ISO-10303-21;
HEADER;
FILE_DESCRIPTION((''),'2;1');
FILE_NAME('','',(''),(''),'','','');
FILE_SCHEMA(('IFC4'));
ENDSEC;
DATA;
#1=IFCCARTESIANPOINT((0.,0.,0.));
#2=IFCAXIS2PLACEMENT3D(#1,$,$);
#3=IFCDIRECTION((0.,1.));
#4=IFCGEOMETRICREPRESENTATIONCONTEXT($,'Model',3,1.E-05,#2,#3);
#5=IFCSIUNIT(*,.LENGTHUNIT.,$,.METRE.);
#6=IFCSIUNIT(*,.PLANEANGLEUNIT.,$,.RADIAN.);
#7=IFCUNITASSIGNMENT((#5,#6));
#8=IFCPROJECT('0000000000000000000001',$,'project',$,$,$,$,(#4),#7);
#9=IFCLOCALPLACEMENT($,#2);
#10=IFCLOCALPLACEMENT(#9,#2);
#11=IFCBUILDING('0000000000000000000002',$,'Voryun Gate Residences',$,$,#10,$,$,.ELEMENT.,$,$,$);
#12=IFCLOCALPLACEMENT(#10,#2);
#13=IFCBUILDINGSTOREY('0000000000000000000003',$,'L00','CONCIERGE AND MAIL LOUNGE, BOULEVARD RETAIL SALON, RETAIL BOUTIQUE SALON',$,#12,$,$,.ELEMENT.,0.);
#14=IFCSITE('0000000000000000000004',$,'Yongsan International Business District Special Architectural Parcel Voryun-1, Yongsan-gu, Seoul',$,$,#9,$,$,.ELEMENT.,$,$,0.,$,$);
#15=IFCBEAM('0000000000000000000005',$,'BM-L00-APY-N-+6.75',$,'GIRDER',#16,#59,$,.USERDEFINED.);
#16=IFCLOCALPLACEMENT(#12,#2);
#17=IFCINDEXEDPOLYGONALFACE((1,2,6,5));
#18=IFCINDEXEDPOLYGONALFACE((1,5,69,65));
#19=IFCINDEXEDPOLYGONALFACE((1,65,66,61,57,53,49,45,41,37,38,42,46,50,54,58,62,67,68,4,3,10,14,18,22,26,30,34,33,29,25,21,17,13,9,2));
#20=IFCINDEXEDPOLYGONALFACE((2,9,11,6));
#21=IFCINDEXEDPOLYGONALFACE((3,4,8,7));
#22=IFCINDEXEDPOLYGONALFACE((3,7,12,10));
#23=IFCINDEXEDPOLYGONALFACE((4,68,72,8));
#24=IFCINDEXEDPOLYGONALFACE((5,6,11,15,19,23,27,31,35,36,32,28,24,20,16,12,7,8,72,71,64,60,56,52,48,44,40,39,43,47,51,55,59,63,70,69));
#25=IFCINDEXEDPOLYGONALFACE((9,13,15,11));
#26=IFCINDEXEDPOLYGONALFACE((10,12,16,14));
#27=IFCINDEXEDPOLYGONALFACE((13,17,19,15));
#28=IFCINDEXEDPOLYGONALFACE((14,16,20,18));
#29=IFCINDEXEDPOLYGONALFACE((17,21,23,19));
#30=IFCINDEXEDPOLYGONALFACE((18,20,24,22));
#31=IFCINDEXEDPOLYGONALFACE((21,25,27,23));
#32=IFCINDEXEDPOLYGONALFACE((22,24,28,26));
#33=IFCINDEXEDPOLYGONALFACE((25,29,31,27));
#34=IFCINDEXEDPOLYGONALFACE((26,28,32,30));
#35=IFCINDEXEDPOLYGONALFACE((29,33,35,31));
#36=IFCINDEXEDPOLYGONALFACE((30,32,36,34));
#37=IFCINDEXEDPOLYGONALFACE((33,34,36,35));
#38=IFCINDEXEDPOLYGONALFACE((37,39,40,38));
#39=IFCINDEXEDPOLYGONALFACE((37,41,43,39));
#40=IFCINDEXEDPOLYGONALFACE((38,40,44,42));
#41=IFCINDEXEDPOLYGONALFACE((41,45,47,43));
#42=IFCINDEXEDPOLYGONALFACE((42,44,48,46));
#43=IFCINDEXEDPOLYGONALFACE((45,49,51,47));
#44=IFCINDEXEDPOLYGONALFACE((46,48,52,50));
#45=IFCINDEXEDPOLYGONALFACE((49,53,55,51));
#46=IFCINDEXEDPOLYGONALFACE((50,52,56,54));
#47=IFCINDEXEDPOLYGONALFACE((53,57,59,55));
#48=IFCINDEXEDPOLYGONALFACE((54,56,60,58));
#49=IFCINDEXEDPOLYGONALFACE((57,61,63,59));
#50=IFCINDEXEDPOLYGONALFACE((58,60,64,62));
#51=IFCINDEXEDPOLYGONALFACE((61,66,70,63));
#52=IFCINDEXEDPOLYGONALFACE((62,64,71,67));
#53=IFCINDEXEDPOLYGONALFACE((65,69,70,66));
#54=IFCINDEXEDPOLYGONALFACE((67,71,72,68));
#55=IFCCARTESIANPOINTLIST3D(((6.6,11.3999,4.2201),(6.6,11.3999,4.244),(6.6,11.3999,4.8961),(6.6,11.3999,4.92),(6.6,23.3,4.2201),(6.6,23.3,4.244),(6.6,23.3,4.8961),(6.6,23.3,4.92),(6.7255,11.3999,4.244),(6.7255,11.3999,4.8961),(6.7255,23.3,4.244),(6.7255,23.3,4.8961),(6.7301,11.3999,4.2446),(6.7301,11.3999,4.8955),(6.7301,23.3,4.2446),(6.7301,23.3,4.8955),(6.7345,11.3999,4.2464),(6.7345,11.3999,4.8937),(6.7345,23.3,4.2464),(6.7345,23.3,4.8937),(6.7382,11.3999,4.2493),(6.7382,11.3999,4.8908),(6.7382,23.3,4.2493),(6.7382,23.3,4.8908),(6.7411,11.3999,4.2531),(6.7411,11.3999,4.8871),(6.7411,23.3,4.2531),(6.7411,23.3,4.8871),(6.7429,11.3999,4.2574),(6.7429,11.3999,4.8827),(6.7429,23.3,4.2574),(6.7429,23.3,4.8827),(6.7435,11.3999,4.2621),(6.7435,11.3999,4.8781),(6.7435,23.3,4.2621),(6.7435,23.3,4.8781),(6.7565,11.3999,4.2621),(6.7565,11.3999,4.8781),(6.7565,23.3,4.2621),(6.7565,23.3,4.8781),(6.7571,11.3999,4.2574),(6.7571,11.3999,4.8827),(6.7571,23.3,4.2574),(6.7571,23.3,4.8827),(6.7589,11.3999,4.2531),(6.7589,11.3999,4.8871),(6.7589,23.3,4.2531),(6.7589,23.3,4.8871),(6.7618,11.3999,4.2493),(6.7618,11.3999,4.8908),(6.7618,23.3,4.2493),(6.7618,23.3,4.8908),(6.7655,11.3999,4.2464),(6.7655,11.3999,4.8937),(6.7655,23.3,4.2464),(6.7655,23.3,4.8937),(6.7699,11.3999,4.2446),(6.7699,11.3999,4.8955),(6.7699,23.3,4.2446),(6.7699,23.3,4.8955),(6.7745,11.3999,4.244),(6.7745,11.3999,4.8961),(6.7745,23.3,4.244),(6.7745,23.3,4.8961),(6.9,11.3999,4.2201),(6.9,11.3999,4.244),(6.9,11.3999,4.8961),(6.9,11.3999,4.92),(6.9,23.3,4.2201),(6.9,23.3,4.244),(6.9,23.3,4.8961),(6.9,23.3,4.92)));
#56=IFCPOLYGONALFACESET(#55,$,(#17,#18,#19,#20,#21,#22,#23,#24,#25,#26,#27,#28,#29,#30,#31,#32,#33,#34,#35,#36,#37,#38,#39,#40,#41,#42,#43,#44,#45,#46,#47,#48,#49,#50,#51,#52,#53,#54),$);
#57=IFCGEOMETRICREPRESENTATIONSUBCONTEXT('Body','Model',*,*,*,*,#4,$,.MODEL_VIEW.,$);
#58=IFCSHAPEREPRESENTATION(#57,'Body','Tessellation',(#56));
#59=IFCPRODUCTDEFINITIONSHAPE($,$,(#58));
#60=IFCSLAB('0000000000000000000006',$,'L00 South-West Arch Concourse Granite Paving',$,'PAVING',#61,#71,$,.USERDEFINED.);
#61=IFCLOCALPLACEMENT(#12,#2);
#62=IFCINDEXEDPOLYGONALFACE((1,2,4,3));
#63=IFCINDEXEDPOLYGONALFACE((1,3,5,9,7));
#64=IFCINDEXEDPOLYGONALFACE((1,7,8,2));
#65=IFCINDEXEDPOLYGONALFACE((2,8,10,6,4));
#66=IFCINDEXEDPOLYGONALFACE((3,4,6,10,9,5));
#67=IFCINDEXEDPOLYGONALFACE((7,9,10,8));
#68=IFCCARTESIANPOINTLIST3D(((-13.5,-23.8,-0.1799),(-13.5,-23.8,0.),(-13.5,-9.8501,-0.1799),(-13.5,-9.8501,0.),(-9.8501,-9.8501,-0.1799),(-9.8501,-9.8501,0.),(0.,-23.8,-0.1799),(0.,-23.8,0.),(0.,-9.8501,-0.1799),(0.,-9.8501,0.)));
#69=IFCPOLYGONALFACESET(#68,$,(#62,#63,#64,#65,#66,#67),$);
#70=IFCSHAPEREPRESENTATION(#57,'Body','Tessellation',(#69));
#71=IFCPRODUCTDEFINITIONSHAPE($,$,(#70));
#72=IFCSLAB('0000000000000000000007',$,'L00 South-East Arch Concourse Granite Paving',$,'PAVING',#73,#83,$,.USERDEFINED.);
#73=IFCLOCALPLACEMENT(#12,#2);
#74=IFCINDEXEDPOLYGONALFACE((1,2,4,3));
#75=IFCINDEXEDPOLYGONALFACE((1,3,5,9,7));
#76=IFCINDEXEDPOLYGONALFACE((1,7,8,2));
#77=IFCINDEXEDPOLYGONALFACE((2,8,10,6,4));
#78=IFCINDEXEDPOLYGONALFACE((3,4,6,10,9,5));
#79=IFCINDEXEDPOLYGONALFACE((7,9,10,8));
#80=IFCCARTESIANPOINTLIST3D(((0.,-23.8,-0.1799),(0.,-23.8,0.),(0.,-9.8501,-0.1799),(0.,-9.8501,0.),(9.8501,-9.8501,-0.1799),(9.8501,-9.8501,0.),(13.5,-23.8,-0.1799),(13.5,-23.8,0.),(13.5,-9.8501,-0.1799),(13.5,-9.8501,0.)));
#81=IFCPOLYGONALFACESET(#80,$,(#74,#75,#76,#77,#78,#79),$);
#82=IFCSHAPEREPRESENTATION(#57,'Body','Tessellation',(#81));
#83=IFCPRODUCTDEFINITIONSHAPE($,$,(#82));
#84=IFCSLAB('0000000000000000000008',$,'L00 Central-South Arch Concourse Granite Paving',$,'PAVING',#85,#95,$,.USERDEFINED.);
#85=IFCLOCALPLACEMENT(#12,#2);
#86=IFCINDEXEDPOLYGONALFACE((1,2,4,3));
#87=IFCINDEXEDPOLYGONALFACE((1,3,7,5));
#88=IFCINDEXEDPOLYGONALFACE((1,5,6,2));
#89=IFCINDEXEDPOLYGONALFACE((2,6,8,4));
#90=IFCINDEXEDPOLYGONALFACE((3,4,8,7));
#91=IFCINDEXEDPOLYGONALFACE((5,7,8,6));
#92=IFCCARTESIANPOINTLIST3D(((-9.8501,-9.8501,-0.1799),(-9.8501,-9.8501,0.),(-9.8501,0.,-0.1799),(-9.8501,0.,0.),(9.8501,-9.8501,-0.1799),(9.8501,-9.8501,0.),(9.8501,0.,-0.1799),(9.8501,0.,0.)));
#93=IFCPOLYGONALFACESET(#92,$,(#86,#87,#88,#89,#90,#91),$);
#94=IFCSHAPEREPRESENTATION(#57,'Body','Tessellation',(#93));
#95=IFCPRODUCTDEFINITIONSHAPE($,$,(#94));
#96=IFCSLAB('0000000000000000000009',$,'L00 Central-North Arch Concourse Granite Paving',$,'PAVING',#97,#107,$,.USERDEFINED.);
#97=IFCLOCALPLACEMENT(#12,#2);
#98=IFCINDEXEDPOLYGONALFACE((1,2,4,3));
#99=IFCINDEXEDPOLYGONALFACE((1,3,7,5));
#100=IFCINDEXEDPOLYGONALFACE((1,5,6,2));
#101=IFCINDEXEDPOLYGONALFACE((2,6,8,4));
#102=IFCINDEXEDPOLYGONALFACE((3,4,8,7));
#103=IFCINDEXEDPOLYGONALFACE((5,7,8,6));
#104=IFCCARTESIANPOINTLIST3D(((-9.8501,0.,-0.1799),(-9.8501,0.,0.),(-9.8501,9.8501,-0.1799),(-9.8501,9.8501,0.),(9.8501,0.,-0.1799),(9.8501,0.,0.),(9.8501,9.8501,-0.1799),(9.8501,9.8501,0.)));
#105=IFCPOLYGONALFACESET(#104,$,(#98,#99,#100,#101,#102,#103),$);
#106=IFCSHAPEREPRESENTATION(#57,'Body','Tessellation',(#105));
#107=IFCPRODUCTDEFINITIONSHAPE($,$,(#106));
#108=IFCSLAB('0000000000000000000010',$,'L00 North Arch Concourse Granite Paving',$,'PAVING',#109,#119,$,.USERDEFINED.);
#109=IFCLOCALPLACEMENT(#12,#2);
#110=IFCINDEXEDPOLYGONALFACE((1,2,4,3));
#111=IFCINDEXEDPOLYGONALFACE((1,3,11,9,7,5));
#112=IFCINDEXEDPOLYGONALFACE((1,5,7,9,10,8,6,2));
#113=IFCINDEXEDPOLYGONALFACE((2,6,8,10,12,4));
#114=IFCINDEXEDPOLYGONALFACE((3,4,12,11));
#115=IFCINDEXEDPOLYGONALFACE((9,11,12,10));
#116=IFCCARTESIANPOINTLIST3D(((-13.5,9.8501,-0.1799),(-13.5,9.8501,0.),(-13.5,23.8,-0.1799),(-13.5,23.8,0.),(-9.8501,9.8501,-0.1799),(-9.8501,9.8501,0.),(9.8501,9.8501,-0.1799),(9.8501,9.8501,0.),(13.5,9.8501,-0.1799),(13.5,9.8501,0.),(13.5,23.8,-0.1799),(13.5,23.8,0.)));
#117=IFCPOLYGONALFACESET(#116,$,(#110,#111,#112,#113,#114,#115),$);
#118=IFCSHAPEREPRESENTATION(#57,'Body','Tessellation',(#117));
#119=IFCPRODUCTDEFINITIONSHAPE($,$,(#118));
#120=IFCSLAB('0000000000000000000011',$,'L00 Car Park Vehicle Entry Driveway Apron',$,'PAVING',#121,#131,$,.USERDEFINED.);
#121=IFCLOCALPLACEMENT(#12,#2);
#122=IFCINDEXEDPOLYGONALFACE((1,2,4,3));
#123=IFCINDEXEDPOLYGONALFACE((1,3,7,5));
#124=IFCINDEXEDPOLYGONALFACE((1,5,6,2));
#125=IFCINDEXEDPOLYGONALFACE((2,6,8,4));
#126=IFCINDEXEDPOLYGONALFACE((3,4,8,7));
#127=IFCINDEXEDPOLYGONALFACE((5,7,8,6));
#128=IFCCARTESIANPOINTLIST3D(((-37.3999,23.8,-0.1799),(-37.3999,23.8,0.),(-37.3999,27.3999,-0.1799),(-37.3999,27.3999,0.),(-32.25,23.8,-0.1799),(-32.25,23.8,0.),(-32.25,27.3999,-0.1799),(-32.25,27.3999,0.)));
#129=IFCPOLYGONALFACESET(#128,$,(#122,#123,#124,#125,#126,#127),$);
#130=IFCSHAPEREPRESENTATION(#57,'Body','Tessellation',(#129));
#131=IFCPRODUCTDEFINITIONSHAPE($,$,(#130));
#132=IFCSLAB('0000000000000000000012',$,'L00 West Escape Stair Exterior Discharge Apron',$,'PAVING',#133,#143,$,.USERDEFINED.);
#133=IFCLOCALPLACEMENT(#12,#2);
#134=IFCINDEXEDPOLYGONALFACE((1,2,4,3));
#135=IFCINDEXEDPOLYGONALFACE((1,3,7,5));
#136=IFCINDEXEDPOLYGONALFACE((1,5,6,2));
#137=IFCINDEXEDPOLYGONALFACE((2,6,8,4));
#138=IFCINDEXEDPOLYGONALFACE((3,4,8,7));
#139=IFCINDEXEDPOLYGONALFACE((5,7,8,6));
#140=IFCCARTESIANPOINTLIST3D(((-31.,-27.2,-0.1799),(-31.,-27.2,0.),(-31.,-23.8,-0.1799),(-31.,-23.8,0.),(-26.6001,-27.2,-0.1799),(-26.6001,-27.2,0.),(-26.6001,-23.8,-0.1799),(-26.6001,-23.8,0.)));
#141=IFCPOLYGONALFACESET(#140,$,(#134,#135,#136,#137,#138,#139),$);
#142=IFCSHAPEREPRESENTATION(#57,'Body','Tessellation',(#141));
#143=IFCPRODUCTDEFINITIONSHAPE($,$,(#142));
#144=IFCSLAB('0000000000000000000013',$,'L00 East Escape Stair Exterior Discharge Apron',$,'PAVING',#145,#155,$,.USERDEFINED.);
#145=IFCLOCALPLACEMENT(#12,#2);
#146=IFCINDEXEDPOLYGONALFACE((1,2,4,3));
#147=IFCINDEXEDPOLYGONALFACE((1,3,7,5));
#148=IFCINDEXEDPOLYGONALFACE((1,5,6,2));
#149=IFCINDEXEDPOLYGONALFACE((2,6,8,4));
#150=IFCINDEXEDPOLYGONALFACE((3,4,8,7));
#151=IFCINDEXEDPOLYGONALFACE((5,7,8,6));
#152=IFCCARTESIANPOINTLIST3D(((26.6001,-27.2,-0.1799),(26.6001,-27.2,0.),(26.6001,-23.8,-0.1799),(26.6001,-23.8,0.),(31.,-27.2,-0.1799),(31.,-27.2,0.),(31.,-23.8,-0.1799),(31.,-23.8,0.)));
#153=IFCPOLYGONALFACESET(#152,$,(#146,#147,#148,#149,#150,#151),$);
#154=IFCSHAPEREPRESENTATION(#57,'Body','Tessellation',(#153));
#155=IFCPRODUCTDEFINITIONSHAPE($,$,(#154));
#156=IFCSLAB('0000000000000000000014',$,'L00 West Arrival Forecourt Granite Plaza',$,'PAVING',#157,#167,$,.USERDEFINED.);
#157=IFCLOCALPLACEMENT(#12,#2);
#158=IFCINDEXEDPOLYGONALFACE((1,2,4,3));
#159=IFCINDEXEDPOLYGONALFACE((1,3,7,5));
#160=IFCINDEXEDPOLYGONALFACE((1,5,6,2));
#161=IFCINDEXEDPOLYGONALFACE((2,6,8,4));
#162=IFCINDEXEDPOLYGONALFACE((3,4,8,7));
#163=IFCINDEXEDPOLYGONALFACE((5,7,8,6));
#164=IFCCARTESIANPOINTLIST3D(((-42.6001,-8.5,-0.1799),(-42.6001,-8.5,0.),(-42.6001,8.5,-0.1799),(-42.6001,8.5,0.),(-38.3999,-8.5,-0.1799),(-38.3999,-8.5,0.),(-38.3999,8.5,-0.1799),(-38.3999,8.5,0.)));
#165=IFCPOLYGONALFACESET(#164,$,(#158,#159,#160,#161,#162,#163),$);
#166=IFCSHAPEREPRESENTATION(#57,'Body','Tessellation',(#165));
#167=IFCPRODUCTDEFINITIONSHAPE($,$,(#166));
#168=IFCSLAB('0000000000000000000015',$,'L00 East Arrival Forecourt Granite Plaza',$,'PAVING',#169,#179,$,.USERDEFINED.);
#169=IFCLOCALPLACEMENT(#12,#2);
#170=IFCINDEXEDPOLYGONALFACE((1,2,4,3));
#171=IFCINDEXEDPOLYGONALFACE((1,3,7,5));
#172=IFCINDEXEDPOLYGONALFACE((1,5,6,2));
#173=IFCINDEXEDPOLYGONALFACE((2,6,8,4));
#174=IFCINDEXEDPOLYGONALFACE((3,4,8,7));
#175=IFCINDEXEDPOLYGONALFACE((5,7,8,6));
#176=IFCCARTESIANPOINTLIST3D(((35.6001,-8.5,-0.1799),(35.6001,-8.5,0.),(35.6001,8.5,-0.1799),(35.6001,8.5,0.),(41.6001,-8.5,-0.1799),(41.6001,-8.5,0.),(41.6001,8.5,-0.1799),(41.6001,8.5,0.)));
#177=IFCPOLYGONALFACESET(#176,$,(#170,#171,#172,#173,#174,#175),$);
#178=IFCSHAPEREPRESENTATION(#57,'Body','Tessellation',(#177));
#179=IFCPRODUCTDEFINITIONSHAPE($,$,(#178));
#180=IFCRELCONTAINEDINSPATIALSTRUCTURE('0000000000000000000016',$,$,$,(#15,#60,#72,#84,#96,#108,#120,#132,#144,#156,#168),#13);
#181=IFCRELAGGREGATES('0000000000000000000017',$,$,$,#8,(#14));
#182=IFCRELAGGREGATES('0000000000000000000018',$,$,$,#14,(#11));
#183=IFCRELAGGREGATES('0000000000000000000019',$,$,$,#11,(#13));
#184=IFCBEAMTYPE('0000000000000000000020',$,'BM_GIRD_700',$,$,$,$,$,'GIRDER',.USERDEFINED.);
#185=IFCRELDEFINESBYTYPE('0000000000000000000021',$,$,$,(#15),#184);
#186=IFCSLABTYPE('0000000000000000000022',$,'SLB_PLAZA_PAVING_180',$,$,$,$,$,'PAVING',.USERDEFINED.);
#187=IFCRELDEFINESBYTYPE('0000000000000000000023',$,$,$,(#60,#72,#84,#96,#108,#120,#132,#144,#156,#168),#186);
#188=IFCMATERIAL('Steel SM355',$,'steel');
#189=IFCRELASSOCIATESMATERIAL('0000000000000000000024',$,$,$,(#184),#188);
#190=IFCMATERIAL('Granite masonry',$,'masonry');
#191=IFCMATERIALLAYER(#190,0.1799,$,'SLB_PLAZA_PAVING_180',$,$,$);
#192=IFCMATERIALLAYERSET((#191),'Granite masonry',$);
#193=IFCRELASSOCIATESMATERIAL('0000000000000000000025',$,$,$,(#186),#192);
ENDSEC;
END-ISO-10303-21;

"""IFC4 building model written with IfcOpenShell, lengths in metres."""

from ifc_helpers import new_model, si_unit, direction, frame, origin, origin_2d, place, context, subcontext, project, spatial, polyline, i_section, outline, extrude, material, layer, layer_set, material_profile, profile_set, type_object, element, save


model = new_model("IFC4")

# Units and contexts
model_context = context("Model", 3, precision=1e-05, world=origin(), true_north=direction((0.0, 1.0)))
body_context = subcontext(model_context, "Body", "Model", "MODEL_VIEW")
ifc_project = project(units=[si_unit("LENGTHUNIT", "METRE"), si_unit("PLANEANGLEUNIT", "RADIAN")], contexts=[model_context])

# Site, building, storey
site_placement = place(None, origin())
site = spatial("IfcSite", under=ifc_project, at=site_placement, Name="Yongsan International Business District Special Architectural Parcel Voryun-1, Yongsan-gu, Seoul", CompositionType="ELEMENT", RefElevation=0.0)
building_placement = place(site_placement, origin())
building = spatial("IfcBuilding", under=site, at=building_placement, Name="Voryun Gate Residences", CompositionType="ELEMENT")
storey_placement = place(building_placement, origin())
storey = spatial("IfcBuildingStorey", under=building, at=storey_placement, Name="L00", Description="CONCIERGE AND MAIL LOUNGE, BOULEVARD RETAIL SALON, RETAIL BOUTIQUE SALON", CompositionType="ELEMENT", Elevation=0.0)

# Beam
ifc_material_1 = material(Name="Steel SM355", Category="steel")
ifc_material_profile_1 = material_profile(ifc_material_1, i_section(OverallWidth=0.3, OverallDepth=0.7, WebThickness=0.0129, FlangeThickness=0.0239, FilletRadius=0.0181, at=origin_2d()), Name="H-700x300x13x24")
ifc_profile_set_1 = profile_set([ifc_material_profile_1], Name="Steel SM355")
beam_type = type_object("IfcBeamType", Name="BM_GIRD_700", ElementType="GIRDER", PredefinedType="USERDEFINED", material=ifc_profile_set_1)
for number, where, z_axis, x_axis, name in (
    (1, (6.75, 11.3999, 4.5701), (0.0, 1.0, 0.0), (-1.0, 0.0, 0.0), "BM-L00-APY-N-+6.75"),
):
    element("IfcBeam", number, at=place(storey_placement, frame(where, z_axis=z_axis, x_axis=x_axis)), inside=storey, type_object=beam_type, Name=name, ObjectType="GIRDER", PredefinedType="USERDEFINED", context=body_context, shape_type="SweptSolid", body=[
        extrude(i_section(OverallWidth=0.3, OverallDepth=0.7, WebThickness=0.0129, FlangeThickness=0.0239, FilletRadius=0.0181, at=origin_2d()), origin(), (0.0, 0.0, 1.0), 11.9001),
    ])

# Slabs
ifc_material_2 = material(Name="Granite masonry", Category="masonry")
ifc_layer_1 = layer(ifc_material_2, 0.1799, Name="SLB_PLAZA_PAVING_180")
ifc_layer_set_1 = layer_set([ifc_layer_1], Name="Granite masonry")
slab_type_1 = type_object("IfcSlabType", Name="SLB_PLAZA_PAVING_180", ElementType="PAVING", PredefinedType="USERDEFINED", material=ifc_layer_set_1)
slab_1_placement = place(storey_placement, frame((0.0, 0.0, -0.1799)))
element("IfcSlab", 2, at=slab_1_placement, inside=storey, type_object=slab_type_1, Name="L00 South-West Arch Concourse Granite Paving", ObjectType="PAVING", PredefinedType="USERDEFINED", context=body_context, shape_type="SweptSolid", body=[
    extrude(outline(polyline([(0.0, -9.8501), (0.0, -23.8), (-13.5, -23.8), (-13.5, -9.8501), (-9.8501, -9.8501), (0.0, -9.8501)])), origin(), (0.0, 0.0, 1.0), 0.1799),
])
slab_2_placement = place(storey_placement, frame((0.0, 0.0, -0.1799)))
element("IfcSlab", 3, at=slab_2_placement, inside=storey, type_object=slab_type_1, Name="L00 South-East Arch Concourse Granite Paving", ObjectType="PAVING", PredefinedType="USERDEFINED", context=body_context, shape_type="SweptSolid", body=[
    extrude(outline(polyline([(13.5, -23.8), (0.0, -23.8), (0.0, -9.8501), (9.8501, -9.8501), (13.5, -9.8501), (13.5, -23.8)])), origin(), (0.0, 0.0, 1.0), 0.1799),
])
slab_3_placement = place(storey_placement, frame((0.0, 0.0, -0.1799)))
element("IfcSlab", 4, at=slab_3_placement, inside=storey, type_object=slab_type_1, Name="L00 Central-South Arch Concourse Granite Paving", ObjectType="PAVING", PredefinedType="USERDEFINED", context=body_context, shape_type="SweptSolid", body=[
    extrude(outline(polyline([(-9.8501, -9.8501), (-9.8501, 0.0), (9.8501, 0.0), (9.8501, -9.8501), (-9.8501, -9.8501)])), origin(), (0.0, 0.0, 1.0), 0.1799),
])
slab_4_placement = place(storey_placement, frame((0.0, 0.0, -0.1799)))
element("IfcSlab", 5, at=slab_4_placement, inside=storey, type_object=slab_type_1, Name="L00 Central-North Arch Concourse Granite Paving", ObjectType="PAVING", PredefinedType="USERDEFINED", context=body_context, shape_type="SweptSolid", body=[
    extrude(outline(polyline([(-9.8501, 0.0), (-9.8501, 9.8501), (9.8501, 9.8501), (9.8501, 0.0), (-9.8501, 0.0)])), origin(), (0.0, 0.0, 1.0), 0.1799),
])
slab_5_placement = place(storey_placement, frame((0.0, 0.0, -0.1799)))
element("IfcSlab", 6, at=slab_5_placement, inside=storey, type_object=slab_type_1, Name="L00 North Arch Concourse Granite Paving", ObjectType="PAVING", PredefinedType="USERDEFINED", context=body_context, shape_type="SweptSolid", body=[
    extrude(outline(polyline([(-13.5, 9.8501), (-13.5, 23.8), (13.5, 23.8), (13.5, 9.8501), (9.8501, 9.8501), (-9.8501, 9.8501), (-13.5, 9.8501)])), origin(), (0.0, 0.0, 1.0), 0.1799),
])
slab_6_placement = place(storey_placement, frame((0.0, 0.0, -0.1799)))
element("IfcSlab", 7, at=slab_6_placement, inside=storey, type_object=slab_type_1, Name="L00 Car Park Vehicle Entry Driveway Apron", ObjectType="PAVING", PredefinedType="USERDEFINED", context=body_context, shape_type="SweptSolid", body=[
    extrude(outline(polyline([(-37.3999, 27.3999), (-32.25, 27.3999), (-32.25, 23.8), (-37.3999, 23.8), (-37.3999, 27.3999)])), origin(), (0.0, 0.0, 1.0), 0.1799),
])
slab_7_placement = place(storey_placement, frame((0.0, 0.0, -0.1799)))
element("IfcSlab", 8, at=slab_7_placement, inside=storey, type_object=slab_type_1, Name="L00 West Escape Stair Exterior Discharge Apron", ObjectType="PAVING", PredefinedType="USERDEFINED", context=body_context, shape_type="SweptSolid", body=[
    extrude(outline(polyline([(-31.0, -23.8), (-26.6001, -23.8), (-26.6001, -27.2), (-31.0, -27.2), (-31.0, -23.8)])), origin(), (0.0, 0.0, 1.0), 0.1799),
])
slab_8_placement = place(storey_placement, frame((0.0, 0.0, -0.1799)))
element("IfcSlab", 9, at=slab_8_placement, inside=storey, type_object=slab_type_1, Name="L00 East Escape Stair Exterior Discharge Apron", ObjectType="PAVING", PredefinedType="USERDEFINED", context=body_context, shape_type="SweptSolid", body=[
    extrude(outline(polyline([(26.6001, -23.8), (31.0, -23.8), (31.0, -27.2), (26.6001, -27.2), (26.6001, -23.8)])), origin(), (0.0, 0.0, 1.0), 0.1799),
])
slab_9_placement = place(storey_placement, frame((0.0, 0.0, -0.1799)))
element("IfcSlab", 10, at=slab_9_placement, inside=storey, type_object=slab_type_1, Name="L00 West Arrival Forecourt Granite Plaza", ObjectType="PAVING", PredefinedType="USERDEFINED", context=body_context, shape_type="SweptSolid", body=[
    extrude(outline(polyline([(-42.6001, 8.5), (-38.3999, 8.5), (-38.3999, -8.5), (-42.6001, -8.5), (-42.6001, 8.5)])), origin(), (0.0, 0.0, 1.0), 0.1799),
])
slab_10_placement = place(storey_placement, frame((0.0, 0.0, -0.1799)))
element("IfcSlab", 11, at=slab_10_placement, inside=storey, type_object=slab_type_1, Name="L00 East Arrival Forecourt Granite Plaza", ObjectType="PAVING", PredefinedType="USERDEFINED", context=body_context, shape_type="SweptSolid", body=[
    extrude(outline(polyline([(35.6001, 8.5), (41.6001, 8.5), (41.6001, -8.5), (35.6001, -8.5), (35.6001, 8.5)])), origin(), (0.0, 0.0, 1.0), 0.1799),
])

save(model, "model.ifc")
